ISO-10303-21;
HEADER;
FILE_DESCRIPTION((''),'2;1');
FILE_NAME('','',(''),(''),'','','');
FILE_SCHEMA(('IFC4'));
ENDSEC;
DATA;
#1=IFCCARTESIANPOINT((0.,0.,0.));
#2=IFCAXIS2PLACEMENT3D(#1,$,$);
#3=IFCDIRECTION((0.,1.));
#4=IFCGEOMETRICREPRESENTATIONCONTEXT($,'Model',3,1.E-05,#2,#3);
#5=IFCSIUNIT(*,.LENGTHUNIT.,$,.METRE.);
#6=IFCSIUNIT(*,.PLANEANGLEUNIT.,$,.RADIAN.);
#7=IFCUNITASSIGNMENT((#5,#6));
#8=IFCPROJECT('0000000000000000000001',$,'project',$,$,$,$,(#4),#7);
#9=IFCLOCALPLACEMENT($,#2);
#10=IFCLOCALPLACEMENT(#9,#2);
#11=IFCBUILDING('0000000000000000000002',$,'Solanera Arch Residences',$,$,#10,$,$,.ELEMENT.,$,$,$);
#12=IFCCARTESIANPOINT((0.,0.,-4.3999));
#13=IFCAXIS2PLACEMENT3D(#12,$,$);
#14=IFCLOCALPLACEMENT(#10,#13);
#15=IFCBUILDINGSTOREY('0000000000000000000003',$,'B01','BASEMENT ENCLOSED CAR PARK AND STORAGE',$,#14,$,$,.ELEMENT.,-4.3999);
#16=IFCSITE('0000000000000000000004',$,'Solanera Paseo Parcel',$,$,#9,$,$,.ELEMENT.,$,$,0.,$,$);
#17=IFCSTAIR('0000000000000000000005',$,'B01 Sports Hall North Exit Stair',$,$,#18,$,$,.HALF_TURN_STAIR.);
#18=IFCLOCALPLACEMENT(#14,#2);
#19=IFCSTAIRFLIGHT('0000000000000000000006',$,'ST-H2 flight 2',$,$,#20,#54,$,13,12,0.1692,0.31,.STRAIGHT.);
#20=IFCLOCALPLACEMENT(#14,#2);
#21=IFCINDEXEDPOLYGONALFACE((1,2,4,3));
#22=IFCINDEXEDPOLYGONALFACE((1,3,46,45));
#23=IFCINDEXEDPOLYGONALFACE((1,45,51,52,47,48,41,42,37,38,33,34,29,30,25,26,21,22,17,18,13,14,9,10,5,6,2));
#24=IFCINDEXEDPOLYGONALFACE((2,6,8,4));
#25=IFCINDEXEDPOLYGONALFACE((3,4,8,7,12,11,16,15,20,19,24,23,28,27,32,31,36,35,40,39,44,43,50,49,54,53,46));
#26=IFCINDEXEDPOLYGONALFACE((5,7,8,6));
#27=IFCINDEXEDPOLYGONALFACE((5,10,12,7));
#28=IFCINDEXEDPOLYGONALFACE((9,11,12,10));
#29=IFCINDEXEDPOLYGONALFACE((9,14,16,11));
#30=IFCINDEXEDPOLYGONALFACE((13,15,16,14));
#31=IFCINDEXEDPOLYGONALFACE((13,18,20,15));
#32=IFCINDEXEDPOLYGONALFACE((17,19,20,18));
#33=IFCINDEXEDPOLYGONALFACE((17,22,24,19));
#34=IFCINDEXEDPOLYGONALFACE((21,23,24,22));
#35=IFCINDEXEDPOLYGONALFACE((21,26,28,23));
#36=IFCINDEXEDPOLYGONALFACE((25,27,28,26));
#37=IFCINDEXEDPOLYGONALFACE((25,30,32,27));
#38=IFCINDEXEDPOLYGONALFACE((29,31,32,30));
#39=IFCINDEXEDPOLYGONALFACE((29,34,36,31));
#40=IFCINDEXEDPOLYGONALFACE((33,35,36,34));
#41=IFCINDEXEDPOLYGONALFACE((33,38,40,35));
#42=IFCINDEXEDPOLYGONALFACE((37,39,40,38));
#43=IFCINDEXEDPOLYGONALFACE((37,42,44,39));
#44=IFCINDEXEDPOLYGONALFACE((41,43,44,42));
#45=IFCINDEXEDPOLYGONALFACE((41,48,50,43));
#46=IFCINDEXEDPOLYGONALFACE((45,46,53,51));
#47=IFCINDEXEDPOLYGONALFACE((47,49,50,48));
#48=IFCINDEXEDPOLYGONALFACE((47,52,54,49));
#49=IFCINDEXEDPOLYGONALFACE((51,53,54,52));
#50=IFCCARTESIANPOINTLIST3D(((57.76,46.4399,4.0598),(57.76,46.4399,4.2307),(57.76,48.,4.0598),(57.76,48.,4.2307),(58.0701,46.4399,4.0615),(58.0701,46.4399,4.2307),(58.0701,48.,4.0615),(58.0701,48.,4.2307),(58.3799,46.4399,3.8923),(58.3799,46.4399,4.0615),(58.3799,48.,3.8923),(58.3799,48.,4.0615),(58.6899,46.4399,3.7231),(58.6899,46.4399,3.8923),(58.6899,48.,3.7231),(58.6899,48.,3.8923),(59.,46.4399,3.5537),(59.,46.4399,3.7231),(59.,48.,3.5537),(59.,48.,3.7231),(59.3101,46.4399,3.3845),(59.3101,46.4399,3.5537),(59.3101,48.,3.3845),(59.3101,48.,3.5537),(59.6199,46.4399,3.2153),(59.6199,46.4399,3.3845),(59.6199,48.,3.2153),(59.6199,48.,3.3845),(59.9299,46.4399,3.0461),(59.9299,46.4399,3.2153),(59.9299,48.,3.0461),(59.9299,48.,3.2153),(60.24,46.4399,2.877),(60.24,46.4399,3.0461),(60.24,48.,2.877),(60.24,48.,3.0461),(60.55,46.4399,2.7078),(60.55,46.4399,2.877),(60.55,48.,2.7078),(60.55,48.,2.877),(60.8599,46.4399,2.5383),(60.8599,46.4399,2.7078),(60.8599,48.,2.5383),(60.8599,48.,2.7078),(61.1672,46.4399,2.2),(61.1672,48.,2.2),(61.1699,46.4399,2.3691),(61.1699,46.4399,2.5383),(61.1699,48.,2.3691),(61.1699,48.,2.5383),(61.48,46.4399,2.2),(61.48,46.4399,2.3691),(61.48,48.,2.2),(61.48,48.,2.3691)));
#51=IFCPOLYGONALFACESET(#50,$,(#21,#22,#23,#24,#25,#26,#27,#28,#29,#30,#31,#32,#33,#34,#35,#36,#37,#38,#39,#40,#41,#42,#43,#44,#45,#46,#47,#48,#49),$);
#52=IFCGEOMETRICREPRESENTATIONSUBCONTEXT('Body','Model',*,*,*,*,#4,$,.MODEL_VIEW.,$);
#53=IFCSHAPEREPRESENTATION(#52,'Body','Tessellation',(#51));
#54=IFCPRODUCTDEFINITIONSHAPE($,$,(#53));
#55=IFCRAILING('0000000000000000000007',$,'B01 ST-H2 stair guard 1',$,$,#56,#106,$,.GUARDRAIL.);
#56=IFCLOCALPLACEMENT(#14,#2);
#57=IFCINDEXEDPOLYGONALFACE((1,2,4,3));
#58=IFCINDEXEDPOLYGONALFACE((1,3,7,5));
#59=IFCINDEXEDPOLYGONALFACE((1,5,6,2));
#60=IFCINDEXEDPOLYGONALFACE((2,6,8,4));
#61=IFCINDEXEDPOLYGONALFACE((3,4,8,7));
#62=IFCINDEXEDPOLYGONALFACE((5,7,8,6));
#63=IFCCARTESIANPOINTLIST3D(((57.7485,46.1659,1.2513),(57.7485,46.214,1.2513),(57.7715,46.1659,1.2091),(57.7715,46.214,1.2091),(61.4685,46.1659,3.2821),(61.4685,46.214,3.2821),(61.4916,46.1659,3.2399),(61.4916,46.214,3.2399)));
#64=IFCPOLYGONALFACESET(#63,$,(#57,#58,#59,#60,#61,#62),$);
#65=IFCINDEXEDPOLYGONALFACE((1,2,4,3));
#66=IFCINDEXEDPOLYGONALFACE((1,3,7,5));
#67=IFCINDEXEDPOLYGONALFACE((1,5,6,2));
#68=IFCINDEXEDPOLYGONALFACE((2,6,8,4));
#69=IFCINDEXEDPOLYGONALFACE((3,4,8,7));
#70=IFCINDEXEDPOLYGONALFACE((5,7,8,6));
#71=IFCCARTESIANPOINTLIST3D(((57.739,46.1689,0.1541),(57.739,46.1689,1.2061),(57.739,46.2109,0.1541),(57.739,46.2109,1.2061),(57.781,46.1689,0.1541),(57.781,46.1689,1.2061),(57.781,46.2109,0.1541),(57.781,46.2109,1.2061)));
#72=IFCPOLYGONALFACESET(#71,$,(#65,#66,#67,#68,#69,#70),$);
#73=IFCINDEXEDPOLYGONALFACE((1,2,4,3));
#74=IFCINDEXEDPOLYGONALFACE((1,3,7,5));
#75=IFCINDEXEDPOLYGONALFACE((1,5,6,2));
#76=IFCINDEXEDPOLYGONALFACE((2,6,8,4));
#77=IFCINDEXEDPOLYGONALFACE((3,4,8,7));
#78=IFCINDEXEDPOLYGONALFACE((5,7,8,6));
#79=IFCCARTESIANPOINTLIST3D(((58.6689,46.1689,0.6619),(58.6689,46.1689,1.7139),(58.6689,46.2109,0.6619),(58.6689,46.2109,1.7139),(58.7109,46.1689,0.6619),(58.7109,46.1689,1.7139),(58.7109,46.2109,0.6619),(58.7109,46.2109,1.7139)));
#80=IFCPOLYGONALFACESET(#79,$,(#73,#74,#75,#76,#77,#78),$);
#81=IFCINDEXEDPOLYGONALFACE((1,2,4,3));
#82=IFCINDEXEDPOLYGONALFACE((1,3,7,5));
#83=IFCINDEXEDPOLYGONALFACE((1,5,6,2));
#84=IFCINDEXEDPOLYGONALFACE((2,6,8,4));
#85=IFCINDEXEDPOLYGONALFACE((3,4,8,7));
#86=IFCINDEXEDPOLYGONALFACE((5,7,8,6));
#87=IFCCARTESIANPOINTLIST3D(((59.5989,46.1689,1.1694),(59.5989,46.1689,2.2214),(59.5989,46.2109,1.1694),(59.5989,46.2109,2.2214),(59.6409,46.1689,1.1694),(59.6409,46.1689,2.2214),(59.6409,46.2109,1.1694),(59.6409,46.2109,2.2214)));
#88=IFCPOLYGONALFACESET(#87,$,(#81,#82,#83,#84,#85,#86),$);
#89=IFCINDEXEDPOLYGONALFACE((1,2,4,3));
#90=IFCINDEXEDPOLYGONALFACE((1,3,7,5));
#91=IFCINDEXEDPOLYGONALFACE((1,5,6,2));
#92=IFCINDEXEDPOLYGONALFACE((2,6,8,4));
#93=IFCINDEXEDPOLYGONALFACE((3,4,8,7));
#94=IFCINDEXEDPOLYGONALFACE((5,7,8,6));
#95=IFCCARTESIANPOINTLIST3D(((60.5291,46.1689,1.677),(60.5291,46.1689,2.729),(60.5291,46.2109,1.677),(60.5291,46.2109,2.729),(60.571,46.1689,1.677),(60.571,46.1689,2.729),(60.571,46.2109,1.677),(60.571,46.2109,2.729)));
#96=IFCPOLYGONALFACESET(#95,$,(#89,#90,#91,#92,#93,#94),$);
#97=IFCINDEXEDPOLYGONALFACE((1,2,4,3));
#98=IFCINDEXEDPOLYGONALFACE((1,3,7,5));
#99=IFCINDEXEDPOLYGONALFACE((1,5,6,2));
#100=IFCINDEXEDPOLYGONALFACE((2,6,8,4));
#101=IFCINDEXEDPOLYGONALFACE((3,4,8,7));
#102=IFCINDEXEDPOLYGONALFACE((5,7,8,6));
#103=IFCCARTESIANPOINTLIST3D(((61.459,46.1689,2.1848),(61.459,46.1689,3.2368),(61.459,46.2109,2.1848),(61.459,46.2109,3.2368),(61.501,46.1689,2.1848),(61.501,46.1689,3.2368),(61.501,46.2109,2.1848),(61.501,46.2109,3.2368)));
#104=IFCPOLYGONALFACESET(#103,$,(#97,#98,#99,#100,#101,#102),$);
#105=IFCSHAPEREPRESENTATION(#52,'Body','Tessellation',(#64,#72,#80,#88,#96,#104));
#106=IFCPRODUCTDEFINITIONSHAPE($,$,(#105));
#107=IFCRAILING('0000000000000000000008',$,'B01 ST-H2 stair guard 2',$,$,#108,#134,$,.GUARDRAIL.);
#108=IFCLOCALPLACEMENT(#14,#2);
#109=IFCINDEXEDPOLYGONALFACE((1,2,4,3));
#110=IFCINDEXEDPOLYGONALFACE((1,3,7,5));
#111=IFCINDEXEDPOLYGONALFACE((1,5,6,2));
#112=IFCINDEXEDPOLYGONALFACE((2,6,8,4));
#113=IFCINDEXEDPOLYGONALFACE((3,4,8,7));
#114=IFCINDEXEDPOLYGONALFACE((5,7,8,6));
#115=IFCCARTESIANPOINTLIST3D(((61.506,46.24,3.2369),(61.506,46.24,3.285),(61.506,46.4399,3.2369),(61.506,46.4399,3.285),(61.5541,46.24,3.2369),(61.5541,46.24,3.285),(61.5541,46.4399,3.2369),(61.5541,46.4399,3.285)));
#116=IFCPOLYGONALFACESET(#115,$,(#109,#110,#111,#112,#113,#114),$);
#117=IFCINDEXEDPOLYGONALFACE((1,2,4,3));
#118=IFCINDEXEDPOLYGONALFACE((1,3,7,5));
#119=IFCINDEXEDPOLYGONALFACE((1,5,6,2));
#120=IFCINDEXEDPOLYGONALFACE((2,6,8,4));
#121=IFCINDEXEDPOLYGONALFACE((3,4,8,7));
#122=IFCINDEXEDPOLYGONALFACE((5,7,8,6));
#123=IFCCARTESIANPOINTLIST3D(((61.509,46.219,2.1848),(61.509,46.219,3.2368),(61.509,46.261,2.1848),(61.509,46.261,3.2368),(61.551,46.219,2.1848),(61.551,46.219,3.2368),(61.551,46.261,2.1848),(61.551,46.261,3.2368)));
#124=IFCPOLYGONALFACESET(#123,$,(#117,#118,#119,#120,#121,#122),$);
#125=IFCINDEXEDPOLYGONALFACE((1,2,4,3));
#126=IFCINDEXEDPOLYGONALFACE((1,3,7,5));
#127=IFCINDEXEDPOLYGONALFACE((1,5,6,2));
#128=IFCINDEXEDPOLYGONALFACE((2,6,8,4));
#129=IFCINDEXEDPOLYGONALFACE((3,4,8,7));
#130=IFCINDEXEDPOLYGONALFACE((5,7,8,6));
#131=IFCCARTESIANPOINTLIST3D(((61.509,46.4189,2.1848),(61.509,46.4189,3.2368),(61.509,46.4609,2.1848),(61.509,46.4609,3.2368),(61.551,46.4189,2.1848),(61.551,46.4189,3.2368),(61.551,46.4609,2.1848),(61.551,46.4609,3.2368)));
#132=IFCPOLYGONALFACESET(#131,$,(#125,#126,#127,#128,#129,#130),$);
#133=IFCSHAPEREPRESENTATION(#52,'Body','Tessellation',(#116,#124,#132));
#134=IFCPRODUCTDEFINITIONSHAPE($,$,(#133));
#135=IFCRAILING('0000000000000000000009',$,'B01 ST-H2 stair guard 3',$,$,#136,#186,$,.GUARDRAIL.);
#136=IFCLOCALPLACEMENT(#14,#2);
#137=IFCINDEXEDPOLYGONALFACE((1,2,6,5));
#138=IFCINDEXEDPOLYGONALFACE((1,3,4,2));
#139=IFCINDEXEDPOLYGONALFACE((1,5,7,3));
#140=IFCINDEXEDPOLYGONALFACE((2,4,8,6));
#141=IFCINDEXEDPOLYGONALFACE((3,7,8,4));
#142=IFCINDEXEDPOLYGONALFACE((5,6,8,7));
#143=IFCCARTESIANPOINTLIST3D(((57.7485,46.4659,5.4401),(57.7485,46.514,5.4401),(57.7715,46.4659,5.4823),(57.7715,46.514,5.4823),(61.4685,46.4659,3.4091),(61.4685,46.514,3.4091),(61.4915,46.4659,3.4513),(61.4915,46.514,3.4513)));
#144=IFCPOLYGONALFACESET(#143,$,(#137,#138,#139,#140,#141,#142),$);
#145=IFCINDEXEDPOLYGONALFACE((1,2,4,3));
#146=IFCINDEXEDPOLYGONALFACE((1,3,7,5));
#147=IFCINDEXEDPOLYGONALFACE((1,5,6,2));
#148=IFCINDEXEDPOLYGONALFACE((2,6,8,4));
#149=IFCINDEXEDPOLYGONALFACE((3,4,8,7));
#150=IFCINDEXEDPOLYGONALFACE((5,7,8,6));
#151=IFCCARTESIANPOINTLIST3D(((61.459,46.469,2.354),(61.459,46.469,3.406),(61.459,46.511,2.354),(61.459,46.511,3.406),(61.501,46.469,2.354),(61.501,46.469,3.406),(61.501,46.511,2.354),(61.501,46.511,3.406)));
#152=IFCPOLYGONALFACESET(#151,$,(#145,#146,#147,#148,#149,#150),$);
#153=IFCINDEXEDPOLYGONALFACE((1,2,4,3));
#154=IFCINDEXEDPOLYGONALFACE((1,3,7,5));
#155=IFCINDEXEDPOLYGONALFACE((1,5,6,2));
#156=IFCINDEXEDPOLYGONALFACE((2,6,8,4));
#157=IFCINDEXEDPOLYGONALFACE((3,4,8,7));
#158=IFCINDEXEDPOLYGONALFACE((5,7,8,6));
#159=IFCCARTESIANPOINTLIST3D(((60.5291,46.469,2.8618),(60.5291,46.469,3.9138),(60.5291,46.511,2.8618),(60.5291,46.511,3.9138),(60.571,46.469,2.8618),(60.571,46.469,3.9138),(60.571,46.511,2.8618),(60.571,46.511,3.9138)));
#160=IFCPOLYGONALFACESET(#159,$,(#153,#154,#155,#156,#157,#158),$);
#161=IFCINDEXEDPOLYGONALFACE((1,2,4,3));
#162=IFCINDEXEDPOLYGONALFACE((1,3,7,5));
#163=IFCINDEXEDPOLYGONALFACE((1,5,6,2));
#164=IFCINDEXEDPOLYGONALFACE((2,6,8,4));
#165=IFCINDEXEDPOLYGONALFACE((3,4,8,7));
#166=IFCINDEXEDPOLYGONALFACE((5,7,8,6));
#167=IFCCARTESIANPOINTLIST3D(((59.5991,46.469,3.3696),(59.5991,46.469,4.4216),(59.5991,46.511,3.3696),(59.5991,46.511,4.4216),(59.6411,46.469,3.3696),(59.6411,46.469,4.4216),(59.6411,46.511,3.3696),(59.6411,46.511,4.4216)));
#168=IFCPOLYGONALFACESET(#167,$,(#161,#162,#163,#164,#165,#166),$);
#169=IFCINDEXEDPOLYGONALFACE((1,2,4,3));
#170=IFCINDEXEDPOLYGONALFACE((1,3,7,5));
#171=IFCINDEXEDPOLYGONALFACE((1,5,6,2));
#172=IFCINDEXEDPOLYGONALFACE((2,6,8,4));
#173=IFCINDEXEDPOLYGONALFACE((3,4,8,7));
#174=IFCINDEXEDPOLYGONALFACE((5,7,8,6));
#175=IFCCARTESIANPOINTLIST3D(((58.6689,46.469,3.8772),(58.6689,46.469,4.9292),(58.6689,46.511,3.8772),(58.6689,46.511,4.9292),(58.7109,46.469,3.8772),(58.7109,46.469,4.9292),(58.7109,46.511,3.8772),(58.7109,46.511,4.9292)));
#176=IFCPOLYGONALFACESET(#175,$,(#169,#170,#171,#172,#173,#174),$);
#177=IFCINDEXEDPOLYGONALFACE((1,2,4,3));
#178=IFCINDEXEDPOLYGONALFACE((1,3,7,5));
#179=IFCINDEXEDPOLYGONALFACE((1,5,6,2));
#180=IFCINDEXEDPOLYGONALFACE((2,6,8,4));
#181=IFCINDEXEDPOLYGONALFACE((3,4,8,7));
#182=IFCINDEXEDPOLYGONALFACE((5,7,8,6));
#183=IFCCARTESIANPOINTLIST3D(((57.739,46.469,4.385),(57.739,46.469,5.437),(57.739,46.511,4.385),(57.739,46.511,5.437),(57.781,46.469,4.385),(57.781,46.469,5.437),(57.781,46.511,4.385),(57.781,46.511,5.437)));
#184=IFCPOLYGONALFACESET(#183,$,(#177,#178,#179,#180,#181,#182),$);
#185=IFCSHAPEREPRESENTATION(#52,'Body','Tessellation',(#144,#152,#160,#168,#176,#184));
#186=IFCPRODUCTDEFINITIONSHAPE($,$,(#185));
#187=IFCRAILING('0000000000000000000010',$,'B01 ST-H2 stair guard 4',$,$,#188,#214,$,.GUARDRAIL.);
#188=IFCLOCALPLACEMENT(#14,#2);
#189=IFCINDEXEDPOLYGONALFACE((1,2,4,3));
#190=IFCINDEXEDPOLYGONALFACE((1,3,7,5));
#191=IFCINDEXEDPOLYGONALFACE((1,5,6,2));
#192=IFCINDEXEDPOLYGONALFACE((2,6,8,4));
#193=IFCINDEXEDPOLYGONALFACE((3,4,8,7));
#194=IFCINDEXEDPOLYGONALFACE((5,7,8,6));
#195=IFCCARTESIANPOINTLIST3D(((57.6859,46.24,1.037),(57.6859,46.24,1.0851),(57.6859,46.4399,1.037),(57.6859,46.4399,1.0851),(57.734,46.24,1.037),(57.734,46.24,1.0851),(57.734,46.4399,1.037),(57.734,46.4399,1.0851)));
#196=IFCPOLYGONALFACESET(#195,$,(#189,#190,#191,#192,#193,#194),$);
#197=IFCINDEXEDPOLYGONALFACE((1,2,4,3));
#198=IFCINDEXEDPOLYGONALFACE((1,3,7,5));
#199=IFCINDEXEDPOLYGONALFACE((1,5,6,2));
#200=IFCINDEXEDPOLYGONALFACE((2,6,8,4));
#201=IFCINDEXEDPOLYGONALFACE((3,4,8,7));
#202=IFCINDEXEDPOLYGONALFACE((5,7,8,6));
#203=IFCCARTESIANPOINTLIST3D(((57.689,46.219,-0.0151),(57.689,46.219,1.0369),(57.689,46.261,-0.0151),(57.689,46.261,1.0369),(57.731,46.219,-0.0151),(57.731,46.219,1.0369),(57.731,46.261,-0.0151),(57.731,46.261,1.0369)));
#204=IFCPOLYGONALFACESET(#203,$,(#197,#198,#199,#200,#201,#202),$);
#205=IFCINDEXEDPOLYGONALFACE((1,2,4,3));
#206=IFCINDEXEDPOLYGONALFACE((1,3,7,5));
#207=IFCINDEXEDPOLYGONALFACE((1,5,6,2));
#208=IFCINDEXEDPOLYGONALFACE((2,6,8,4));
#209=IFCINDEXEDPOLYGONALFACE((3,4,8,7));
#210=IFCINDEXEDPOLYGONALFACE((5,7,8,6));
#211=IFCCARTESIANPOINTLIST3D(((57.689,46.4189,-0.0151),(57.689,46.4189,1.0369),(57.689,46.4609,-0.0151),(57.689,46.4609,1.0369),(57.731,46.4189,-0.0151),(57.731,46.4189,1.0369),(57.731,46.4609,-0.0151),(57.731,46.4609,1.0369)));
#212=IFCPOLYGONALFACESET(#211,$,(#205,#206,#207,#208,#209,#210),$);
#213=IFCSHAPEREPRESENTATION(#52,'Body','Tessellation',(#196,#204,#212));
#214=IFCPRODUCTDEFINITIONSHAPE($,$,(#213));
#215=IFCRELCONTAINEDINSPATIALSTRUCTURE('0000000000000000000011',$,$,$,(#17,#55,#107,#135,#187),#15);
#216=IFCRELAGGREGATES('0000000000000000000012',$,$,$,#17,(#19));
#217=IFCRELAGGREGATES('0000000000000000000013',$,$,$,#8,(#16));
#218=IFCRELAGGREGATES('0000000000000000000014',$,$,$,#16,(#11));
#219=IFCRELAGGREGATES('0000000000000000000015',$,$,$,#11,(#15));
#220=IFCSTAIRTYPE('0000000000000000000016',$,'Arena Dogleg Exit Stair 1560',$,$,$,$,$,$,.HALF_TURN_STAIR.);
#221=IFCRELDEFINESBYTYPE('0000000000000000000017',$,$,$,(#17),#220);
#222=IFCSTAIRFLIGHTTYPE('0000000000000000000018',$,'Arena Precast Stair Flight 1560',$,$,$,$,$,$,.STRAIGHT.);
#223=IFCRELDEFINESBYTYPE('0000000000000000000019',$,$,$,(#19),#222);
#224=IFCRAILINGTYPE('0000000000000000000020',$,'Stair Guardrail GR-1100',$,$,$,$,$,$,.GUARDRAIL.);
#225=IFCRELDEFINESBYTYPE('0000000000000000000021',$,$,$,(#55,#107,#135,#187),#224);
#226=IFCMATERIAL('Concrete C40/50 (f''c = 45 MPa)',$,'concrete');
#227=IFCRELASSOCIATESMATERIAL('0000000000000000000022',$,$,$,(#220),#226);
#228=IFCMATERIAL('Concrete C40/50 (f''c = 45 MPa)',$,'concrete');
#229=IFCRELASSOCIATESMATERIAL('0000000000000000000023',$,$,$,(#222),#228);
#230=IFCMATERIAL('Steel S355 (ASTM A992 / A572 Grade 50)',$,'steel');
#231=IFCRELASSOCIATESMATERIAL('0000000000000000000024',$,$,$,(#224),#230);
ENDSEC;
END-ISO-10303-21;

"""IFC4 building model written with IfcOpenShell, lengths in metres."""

from ifc_helpers import new_model, si_unit, direction, frame, origin, origin_2d, place, context, subcontext, project, spatial, polyline, rectangle, outline, extrude, material, type_object, element, aggregate, save


model = new_model("IFC4")

# Units and contexts
model_context = context("Model", 3, precision=1e-05, world=origin(), true_north=direction((0.0, 1.0)))
body_context = subcontext(model_context, "Body", "Model", "MODEL_VIEW")
ifc_project = project(units=[si_unit("LENGTHUNIT", "METRE"), si_unit("PLANEANGLEUNIT", "RADIAN")], contexts=[model_context])

# Site, building, storey
site_placement = place(None, origin())
site = spatial("IfcSite", under=ifc_project, at=site_placement, Name="Solanera Paseo Parcel", CompositionType="ELEMENT", RefElevation=0.0)
building_placement = place(site_placement, origin())
building = spatial("IfcBuilding", under=site, at=building_placement, Name="Solanera Arch Residences", CompositionType="ELEMENT")
storey_placement = place(building_placement, frame((0.0, 0.0, -4.3999)))
storey = spatial("IfcBuildingStorey", under=building, at=storey_placement, Name="B01", Description="BASEMENT ENCLOSED CAR PARK AND STORAGE", CompositionType="ELEMENT", Elevation=-4.3999)

# Stair, stair flight
ifc_material_1 = material(Name="Concrete C40/50 (f'c = 45 MPa)", Category="concrete")
stair_type = type_object("IfcStairType", Name="Arena Dogleg Exit Stair 1560", PredefinedType="HALF_TURN_STAIR", material=ifc_material_1)
stair_placement = place(storey_placement, origin())
stair = element("IfcStair", 1, at=stair_placement, inside=storey, type_object=stair_type, Name="B01 Sports Hall North Exit Stair", PredefinedType="HALF_TURN_STAIR")
ifc_material_2 = material(Name="Concrete C40/50 (f'c = 45 MPa)", Category="concrete")
stair_flight_type = type_object("IfcStairFlightType", Name="Arena Precast Stair Flight 1560", PredefinedType="STRAIGHT", material=ifc_material_2)
stair_flight_1_placement = place(storey_placement, frame((61.48, 47.22, 2.2), z_axis=(0.0, 0.0, 1.0), x_axis=(-1.0, 0.0, 0.0)))
stair_flight_1 = element("IfcStairFlight", 2, at=stair_flight_1_placement, type_object=stair_flight_type, Name="ST-H2 flight 2", NumberOfRisers=13, NumberOfTreads=12, PredefinedType="STRAIGHT", RiserHeight=0.1692, TreadLength=0.31, context=body_context, shape_type="SweptSolid", body=[
    extrude(outline(polyline([(0.0, 0.0), (0.0, 0.1692), (0.3101, 0.1692), (0.3101, 0.3384), (0.6201, 0.3384), (0.6201, 0.5078), (0.9299, 0.5078), (0.9299, 0.677), (1.24, 0.677), (1.24, 0.8462), (1.55, 0.8462), (1.55, 1.0154), (1.8601, 1.0154), (1.8601, 1.1846), (2.1699, 1.1846), (2.1699, 1.3538), (2.48, 1.3538), (2.48, 1.5232), (2.79, 1.5232), (2.79, 1.6924), (3.1001, 1.6924), (3.1001, 1.8616), (3.4099, 1.8616), (3.4099, 2.0308), (3.72, 2.0308), (3.72, 2.2), (3.72, 1.8599), (0.3127, 0.0), (0.0, 0.0)])), frame((0.0, 0.78, 0.0), z_axis=(0.0, -1.0, 0.0), x_axis=(1.0, 0.0, 0.0)), (0.0, 0.0, 1.0), 1.5601),
])
aggregate(stair, [stair_flight_1])

# Railings
ifc_material_3 = material(Name="Steel S355 (ASTM A992 / A572 Grade 50)", Category="steel")
railing_type_1 = type_object("IfcRailingType", Name="Stair Guardrail GR-1100", PredefinedType="GUARDRAIL", material=ifc_material_3)
railing_1_placement = place(storey_placement, frame((57.76, 46.1899, 0.1541)))
element("IfcRailing", 3, at=railing_1_placement, inside=storey, type_object=railing_type_1, Name="B01 ST-H2 stair guard 1", PredefinedType="GUARDRAIL", context=body_context, shape_type="SweptSolid", body=[
    extrude(rectangle(XDim=0.0481, YDim=0.0481, at=origin_2d()), frame((0.0, 0.0, 1.0762), z_axis=(0.877728, 0.0, 0.479159), x_axis=(0.0, 1.0, 0.0)), (0.0, 0.0, 1.0), 4.2383),
    extrude(rectangle(XDim=0.042, YDim=0.042, at=origin_2d()), origin(), (0.0, 0.0, 1.0), 1.052),
    extrude(rectangle(XDim=0.042, YDim=0.042, at=origin_2d()), frame((0.9299, 0.0, 0.5078)), (0.0, 0.0, 1.0), 1.052),
    extrude(rectangle(XDim=0.042, YDim=0.042, at=origin_2d()), frame((1.8599, 0.0, 1.0154)), (0.0, 0.0, 1.0), 1.052),
    extrude(rectangle(XDim=0.042, YDim=0.042, at=origin_2d()), frame((2.79, 0.0, 1.5229)), (0.0, 0.0, 1.0), 1.052),
    extrude(rectangle(XDim=0.042, YDim=0.042, at=origin_2d()), frame((3.72, 0.0, 2.0308)), (0.0, 0.0, 1.0), 1.052),
])
railing_2_placement = place(storey_placement, frame((61.53, 46.24, 2.1848)))
element("IfcRailing", 4, at=railing_2_placement, inside=storey, type_object=railing_type_1, Name="B01 ST-H2 stair guard 2", PredefinedType="GUARDRAIL", context=body_context, shape_type="SweptSolid", body=[
    extrude(rectangle(XDim=0.0481, YDim=0.0481, at=origin_2d()), frame((0.0, 0.0, 1.0762), z_axis=(0.0, 1.0, 0.0), x_axis=(-1.0, 0.0, 0.0)), (0.0, 0.0, 1.0), 0.2),
    extrude(rectangle(XDim=0.042, YDim=0.042, at=origin_2d()), origin(), (0.0, 0.0, 1.0), 1.052),
    extrude(rectangle(XDim=0.042, YDim=0.042, at=origin_2d()), frame((0.0, 0.2, 0.0)), (0.0, 0.0, 1.0), 1.052),
])
railing_3_placement = place(storey_placement, frame((61.48, 46.49, 2.354)))
element("IfcRailing", 5, at=railing_3_placement, inside=storey, type_object=railing_type_1, Name="B01 ST-H2 stair guard 3", PredefinedType="GUARDRAIL", context=body_context, shape_type="SweptSolid", body=[
    extrude(rectangle(XDim=0.0481, YDim=0.0481, at=origin_2d()), frame((0.0, 0.0, 1.0762), z_axis=(-0.877704, 0.0, 0.479203), x_axis=(0.0, -1.0, 0.0)), (0.0, 0.0, 1.0), 4.2383),
    extrude(rectangle(XDim=0.042, YDim=0.042, at=origin_2d()), origin(), (0.0, 0.0, 1.0), 1.052),
    extrude(rectangle(XDim=0.042, YDim=0.042, at=origin_2d()), frame((-0.9299, 0.0, 0.5078)), (0.0, 0.0, 1.0), 1.052),
    extrude(rectangle(XDim=0.042, YDim=0.042, at=origin_2d()), frame((-1.8599, 0.0, 1.0156)), (0.0, 0.0, 1.0), 1.052),
    extrude(rectangle(XDim=0.042, YDim=0.042, at=origin_2d()), frame((-2.79, 0.0, 1.5232)), (0.0, 0.0, 1.0), 1.052),
    extrude(rectangle(XDim=0.042, YDim=0.042, at=origin_2d()), frame((-3.72, 0.0, 2.031)), (0.0, 0.0, 1.0), 1.052),
])
railing_4_placement = place(storey_placement, frame((57.71, 46.24, -0.0151)))
element("IfcRailing", 6, at=railing_4_placement, inside=storey, type_object=railing_type_1, Name="B01 ST-H2 stair guard 4", PredefinedType="GUARDRAIL", context=body_context, shape_type="SweptSolid", body=[
    extrude(rectangle(XDim=0.0481, YDim=0.0481, at=origin_2d()), frame((0.0, 0.0, 1.0762), z_axis=(0.0, 1.0, 0.0), x_axis=(-1.0, 0.0, 0.0)), (0.0, 0.0, 1.0), 0.2),
    extrude(rectangle(XDim=0.042, YDim=0.042, at=origin_2d()), origin(), (0.0, 0.0, 1.0), 1.052),
    extrude(rectangle(XDim=0.042, YDim=0.042, at=origin_2d()), frame((0.0, 0.2, 0.0)), (0.0, 0.0, 1.0), 1.052),
])

save(model, "model.ifc")
